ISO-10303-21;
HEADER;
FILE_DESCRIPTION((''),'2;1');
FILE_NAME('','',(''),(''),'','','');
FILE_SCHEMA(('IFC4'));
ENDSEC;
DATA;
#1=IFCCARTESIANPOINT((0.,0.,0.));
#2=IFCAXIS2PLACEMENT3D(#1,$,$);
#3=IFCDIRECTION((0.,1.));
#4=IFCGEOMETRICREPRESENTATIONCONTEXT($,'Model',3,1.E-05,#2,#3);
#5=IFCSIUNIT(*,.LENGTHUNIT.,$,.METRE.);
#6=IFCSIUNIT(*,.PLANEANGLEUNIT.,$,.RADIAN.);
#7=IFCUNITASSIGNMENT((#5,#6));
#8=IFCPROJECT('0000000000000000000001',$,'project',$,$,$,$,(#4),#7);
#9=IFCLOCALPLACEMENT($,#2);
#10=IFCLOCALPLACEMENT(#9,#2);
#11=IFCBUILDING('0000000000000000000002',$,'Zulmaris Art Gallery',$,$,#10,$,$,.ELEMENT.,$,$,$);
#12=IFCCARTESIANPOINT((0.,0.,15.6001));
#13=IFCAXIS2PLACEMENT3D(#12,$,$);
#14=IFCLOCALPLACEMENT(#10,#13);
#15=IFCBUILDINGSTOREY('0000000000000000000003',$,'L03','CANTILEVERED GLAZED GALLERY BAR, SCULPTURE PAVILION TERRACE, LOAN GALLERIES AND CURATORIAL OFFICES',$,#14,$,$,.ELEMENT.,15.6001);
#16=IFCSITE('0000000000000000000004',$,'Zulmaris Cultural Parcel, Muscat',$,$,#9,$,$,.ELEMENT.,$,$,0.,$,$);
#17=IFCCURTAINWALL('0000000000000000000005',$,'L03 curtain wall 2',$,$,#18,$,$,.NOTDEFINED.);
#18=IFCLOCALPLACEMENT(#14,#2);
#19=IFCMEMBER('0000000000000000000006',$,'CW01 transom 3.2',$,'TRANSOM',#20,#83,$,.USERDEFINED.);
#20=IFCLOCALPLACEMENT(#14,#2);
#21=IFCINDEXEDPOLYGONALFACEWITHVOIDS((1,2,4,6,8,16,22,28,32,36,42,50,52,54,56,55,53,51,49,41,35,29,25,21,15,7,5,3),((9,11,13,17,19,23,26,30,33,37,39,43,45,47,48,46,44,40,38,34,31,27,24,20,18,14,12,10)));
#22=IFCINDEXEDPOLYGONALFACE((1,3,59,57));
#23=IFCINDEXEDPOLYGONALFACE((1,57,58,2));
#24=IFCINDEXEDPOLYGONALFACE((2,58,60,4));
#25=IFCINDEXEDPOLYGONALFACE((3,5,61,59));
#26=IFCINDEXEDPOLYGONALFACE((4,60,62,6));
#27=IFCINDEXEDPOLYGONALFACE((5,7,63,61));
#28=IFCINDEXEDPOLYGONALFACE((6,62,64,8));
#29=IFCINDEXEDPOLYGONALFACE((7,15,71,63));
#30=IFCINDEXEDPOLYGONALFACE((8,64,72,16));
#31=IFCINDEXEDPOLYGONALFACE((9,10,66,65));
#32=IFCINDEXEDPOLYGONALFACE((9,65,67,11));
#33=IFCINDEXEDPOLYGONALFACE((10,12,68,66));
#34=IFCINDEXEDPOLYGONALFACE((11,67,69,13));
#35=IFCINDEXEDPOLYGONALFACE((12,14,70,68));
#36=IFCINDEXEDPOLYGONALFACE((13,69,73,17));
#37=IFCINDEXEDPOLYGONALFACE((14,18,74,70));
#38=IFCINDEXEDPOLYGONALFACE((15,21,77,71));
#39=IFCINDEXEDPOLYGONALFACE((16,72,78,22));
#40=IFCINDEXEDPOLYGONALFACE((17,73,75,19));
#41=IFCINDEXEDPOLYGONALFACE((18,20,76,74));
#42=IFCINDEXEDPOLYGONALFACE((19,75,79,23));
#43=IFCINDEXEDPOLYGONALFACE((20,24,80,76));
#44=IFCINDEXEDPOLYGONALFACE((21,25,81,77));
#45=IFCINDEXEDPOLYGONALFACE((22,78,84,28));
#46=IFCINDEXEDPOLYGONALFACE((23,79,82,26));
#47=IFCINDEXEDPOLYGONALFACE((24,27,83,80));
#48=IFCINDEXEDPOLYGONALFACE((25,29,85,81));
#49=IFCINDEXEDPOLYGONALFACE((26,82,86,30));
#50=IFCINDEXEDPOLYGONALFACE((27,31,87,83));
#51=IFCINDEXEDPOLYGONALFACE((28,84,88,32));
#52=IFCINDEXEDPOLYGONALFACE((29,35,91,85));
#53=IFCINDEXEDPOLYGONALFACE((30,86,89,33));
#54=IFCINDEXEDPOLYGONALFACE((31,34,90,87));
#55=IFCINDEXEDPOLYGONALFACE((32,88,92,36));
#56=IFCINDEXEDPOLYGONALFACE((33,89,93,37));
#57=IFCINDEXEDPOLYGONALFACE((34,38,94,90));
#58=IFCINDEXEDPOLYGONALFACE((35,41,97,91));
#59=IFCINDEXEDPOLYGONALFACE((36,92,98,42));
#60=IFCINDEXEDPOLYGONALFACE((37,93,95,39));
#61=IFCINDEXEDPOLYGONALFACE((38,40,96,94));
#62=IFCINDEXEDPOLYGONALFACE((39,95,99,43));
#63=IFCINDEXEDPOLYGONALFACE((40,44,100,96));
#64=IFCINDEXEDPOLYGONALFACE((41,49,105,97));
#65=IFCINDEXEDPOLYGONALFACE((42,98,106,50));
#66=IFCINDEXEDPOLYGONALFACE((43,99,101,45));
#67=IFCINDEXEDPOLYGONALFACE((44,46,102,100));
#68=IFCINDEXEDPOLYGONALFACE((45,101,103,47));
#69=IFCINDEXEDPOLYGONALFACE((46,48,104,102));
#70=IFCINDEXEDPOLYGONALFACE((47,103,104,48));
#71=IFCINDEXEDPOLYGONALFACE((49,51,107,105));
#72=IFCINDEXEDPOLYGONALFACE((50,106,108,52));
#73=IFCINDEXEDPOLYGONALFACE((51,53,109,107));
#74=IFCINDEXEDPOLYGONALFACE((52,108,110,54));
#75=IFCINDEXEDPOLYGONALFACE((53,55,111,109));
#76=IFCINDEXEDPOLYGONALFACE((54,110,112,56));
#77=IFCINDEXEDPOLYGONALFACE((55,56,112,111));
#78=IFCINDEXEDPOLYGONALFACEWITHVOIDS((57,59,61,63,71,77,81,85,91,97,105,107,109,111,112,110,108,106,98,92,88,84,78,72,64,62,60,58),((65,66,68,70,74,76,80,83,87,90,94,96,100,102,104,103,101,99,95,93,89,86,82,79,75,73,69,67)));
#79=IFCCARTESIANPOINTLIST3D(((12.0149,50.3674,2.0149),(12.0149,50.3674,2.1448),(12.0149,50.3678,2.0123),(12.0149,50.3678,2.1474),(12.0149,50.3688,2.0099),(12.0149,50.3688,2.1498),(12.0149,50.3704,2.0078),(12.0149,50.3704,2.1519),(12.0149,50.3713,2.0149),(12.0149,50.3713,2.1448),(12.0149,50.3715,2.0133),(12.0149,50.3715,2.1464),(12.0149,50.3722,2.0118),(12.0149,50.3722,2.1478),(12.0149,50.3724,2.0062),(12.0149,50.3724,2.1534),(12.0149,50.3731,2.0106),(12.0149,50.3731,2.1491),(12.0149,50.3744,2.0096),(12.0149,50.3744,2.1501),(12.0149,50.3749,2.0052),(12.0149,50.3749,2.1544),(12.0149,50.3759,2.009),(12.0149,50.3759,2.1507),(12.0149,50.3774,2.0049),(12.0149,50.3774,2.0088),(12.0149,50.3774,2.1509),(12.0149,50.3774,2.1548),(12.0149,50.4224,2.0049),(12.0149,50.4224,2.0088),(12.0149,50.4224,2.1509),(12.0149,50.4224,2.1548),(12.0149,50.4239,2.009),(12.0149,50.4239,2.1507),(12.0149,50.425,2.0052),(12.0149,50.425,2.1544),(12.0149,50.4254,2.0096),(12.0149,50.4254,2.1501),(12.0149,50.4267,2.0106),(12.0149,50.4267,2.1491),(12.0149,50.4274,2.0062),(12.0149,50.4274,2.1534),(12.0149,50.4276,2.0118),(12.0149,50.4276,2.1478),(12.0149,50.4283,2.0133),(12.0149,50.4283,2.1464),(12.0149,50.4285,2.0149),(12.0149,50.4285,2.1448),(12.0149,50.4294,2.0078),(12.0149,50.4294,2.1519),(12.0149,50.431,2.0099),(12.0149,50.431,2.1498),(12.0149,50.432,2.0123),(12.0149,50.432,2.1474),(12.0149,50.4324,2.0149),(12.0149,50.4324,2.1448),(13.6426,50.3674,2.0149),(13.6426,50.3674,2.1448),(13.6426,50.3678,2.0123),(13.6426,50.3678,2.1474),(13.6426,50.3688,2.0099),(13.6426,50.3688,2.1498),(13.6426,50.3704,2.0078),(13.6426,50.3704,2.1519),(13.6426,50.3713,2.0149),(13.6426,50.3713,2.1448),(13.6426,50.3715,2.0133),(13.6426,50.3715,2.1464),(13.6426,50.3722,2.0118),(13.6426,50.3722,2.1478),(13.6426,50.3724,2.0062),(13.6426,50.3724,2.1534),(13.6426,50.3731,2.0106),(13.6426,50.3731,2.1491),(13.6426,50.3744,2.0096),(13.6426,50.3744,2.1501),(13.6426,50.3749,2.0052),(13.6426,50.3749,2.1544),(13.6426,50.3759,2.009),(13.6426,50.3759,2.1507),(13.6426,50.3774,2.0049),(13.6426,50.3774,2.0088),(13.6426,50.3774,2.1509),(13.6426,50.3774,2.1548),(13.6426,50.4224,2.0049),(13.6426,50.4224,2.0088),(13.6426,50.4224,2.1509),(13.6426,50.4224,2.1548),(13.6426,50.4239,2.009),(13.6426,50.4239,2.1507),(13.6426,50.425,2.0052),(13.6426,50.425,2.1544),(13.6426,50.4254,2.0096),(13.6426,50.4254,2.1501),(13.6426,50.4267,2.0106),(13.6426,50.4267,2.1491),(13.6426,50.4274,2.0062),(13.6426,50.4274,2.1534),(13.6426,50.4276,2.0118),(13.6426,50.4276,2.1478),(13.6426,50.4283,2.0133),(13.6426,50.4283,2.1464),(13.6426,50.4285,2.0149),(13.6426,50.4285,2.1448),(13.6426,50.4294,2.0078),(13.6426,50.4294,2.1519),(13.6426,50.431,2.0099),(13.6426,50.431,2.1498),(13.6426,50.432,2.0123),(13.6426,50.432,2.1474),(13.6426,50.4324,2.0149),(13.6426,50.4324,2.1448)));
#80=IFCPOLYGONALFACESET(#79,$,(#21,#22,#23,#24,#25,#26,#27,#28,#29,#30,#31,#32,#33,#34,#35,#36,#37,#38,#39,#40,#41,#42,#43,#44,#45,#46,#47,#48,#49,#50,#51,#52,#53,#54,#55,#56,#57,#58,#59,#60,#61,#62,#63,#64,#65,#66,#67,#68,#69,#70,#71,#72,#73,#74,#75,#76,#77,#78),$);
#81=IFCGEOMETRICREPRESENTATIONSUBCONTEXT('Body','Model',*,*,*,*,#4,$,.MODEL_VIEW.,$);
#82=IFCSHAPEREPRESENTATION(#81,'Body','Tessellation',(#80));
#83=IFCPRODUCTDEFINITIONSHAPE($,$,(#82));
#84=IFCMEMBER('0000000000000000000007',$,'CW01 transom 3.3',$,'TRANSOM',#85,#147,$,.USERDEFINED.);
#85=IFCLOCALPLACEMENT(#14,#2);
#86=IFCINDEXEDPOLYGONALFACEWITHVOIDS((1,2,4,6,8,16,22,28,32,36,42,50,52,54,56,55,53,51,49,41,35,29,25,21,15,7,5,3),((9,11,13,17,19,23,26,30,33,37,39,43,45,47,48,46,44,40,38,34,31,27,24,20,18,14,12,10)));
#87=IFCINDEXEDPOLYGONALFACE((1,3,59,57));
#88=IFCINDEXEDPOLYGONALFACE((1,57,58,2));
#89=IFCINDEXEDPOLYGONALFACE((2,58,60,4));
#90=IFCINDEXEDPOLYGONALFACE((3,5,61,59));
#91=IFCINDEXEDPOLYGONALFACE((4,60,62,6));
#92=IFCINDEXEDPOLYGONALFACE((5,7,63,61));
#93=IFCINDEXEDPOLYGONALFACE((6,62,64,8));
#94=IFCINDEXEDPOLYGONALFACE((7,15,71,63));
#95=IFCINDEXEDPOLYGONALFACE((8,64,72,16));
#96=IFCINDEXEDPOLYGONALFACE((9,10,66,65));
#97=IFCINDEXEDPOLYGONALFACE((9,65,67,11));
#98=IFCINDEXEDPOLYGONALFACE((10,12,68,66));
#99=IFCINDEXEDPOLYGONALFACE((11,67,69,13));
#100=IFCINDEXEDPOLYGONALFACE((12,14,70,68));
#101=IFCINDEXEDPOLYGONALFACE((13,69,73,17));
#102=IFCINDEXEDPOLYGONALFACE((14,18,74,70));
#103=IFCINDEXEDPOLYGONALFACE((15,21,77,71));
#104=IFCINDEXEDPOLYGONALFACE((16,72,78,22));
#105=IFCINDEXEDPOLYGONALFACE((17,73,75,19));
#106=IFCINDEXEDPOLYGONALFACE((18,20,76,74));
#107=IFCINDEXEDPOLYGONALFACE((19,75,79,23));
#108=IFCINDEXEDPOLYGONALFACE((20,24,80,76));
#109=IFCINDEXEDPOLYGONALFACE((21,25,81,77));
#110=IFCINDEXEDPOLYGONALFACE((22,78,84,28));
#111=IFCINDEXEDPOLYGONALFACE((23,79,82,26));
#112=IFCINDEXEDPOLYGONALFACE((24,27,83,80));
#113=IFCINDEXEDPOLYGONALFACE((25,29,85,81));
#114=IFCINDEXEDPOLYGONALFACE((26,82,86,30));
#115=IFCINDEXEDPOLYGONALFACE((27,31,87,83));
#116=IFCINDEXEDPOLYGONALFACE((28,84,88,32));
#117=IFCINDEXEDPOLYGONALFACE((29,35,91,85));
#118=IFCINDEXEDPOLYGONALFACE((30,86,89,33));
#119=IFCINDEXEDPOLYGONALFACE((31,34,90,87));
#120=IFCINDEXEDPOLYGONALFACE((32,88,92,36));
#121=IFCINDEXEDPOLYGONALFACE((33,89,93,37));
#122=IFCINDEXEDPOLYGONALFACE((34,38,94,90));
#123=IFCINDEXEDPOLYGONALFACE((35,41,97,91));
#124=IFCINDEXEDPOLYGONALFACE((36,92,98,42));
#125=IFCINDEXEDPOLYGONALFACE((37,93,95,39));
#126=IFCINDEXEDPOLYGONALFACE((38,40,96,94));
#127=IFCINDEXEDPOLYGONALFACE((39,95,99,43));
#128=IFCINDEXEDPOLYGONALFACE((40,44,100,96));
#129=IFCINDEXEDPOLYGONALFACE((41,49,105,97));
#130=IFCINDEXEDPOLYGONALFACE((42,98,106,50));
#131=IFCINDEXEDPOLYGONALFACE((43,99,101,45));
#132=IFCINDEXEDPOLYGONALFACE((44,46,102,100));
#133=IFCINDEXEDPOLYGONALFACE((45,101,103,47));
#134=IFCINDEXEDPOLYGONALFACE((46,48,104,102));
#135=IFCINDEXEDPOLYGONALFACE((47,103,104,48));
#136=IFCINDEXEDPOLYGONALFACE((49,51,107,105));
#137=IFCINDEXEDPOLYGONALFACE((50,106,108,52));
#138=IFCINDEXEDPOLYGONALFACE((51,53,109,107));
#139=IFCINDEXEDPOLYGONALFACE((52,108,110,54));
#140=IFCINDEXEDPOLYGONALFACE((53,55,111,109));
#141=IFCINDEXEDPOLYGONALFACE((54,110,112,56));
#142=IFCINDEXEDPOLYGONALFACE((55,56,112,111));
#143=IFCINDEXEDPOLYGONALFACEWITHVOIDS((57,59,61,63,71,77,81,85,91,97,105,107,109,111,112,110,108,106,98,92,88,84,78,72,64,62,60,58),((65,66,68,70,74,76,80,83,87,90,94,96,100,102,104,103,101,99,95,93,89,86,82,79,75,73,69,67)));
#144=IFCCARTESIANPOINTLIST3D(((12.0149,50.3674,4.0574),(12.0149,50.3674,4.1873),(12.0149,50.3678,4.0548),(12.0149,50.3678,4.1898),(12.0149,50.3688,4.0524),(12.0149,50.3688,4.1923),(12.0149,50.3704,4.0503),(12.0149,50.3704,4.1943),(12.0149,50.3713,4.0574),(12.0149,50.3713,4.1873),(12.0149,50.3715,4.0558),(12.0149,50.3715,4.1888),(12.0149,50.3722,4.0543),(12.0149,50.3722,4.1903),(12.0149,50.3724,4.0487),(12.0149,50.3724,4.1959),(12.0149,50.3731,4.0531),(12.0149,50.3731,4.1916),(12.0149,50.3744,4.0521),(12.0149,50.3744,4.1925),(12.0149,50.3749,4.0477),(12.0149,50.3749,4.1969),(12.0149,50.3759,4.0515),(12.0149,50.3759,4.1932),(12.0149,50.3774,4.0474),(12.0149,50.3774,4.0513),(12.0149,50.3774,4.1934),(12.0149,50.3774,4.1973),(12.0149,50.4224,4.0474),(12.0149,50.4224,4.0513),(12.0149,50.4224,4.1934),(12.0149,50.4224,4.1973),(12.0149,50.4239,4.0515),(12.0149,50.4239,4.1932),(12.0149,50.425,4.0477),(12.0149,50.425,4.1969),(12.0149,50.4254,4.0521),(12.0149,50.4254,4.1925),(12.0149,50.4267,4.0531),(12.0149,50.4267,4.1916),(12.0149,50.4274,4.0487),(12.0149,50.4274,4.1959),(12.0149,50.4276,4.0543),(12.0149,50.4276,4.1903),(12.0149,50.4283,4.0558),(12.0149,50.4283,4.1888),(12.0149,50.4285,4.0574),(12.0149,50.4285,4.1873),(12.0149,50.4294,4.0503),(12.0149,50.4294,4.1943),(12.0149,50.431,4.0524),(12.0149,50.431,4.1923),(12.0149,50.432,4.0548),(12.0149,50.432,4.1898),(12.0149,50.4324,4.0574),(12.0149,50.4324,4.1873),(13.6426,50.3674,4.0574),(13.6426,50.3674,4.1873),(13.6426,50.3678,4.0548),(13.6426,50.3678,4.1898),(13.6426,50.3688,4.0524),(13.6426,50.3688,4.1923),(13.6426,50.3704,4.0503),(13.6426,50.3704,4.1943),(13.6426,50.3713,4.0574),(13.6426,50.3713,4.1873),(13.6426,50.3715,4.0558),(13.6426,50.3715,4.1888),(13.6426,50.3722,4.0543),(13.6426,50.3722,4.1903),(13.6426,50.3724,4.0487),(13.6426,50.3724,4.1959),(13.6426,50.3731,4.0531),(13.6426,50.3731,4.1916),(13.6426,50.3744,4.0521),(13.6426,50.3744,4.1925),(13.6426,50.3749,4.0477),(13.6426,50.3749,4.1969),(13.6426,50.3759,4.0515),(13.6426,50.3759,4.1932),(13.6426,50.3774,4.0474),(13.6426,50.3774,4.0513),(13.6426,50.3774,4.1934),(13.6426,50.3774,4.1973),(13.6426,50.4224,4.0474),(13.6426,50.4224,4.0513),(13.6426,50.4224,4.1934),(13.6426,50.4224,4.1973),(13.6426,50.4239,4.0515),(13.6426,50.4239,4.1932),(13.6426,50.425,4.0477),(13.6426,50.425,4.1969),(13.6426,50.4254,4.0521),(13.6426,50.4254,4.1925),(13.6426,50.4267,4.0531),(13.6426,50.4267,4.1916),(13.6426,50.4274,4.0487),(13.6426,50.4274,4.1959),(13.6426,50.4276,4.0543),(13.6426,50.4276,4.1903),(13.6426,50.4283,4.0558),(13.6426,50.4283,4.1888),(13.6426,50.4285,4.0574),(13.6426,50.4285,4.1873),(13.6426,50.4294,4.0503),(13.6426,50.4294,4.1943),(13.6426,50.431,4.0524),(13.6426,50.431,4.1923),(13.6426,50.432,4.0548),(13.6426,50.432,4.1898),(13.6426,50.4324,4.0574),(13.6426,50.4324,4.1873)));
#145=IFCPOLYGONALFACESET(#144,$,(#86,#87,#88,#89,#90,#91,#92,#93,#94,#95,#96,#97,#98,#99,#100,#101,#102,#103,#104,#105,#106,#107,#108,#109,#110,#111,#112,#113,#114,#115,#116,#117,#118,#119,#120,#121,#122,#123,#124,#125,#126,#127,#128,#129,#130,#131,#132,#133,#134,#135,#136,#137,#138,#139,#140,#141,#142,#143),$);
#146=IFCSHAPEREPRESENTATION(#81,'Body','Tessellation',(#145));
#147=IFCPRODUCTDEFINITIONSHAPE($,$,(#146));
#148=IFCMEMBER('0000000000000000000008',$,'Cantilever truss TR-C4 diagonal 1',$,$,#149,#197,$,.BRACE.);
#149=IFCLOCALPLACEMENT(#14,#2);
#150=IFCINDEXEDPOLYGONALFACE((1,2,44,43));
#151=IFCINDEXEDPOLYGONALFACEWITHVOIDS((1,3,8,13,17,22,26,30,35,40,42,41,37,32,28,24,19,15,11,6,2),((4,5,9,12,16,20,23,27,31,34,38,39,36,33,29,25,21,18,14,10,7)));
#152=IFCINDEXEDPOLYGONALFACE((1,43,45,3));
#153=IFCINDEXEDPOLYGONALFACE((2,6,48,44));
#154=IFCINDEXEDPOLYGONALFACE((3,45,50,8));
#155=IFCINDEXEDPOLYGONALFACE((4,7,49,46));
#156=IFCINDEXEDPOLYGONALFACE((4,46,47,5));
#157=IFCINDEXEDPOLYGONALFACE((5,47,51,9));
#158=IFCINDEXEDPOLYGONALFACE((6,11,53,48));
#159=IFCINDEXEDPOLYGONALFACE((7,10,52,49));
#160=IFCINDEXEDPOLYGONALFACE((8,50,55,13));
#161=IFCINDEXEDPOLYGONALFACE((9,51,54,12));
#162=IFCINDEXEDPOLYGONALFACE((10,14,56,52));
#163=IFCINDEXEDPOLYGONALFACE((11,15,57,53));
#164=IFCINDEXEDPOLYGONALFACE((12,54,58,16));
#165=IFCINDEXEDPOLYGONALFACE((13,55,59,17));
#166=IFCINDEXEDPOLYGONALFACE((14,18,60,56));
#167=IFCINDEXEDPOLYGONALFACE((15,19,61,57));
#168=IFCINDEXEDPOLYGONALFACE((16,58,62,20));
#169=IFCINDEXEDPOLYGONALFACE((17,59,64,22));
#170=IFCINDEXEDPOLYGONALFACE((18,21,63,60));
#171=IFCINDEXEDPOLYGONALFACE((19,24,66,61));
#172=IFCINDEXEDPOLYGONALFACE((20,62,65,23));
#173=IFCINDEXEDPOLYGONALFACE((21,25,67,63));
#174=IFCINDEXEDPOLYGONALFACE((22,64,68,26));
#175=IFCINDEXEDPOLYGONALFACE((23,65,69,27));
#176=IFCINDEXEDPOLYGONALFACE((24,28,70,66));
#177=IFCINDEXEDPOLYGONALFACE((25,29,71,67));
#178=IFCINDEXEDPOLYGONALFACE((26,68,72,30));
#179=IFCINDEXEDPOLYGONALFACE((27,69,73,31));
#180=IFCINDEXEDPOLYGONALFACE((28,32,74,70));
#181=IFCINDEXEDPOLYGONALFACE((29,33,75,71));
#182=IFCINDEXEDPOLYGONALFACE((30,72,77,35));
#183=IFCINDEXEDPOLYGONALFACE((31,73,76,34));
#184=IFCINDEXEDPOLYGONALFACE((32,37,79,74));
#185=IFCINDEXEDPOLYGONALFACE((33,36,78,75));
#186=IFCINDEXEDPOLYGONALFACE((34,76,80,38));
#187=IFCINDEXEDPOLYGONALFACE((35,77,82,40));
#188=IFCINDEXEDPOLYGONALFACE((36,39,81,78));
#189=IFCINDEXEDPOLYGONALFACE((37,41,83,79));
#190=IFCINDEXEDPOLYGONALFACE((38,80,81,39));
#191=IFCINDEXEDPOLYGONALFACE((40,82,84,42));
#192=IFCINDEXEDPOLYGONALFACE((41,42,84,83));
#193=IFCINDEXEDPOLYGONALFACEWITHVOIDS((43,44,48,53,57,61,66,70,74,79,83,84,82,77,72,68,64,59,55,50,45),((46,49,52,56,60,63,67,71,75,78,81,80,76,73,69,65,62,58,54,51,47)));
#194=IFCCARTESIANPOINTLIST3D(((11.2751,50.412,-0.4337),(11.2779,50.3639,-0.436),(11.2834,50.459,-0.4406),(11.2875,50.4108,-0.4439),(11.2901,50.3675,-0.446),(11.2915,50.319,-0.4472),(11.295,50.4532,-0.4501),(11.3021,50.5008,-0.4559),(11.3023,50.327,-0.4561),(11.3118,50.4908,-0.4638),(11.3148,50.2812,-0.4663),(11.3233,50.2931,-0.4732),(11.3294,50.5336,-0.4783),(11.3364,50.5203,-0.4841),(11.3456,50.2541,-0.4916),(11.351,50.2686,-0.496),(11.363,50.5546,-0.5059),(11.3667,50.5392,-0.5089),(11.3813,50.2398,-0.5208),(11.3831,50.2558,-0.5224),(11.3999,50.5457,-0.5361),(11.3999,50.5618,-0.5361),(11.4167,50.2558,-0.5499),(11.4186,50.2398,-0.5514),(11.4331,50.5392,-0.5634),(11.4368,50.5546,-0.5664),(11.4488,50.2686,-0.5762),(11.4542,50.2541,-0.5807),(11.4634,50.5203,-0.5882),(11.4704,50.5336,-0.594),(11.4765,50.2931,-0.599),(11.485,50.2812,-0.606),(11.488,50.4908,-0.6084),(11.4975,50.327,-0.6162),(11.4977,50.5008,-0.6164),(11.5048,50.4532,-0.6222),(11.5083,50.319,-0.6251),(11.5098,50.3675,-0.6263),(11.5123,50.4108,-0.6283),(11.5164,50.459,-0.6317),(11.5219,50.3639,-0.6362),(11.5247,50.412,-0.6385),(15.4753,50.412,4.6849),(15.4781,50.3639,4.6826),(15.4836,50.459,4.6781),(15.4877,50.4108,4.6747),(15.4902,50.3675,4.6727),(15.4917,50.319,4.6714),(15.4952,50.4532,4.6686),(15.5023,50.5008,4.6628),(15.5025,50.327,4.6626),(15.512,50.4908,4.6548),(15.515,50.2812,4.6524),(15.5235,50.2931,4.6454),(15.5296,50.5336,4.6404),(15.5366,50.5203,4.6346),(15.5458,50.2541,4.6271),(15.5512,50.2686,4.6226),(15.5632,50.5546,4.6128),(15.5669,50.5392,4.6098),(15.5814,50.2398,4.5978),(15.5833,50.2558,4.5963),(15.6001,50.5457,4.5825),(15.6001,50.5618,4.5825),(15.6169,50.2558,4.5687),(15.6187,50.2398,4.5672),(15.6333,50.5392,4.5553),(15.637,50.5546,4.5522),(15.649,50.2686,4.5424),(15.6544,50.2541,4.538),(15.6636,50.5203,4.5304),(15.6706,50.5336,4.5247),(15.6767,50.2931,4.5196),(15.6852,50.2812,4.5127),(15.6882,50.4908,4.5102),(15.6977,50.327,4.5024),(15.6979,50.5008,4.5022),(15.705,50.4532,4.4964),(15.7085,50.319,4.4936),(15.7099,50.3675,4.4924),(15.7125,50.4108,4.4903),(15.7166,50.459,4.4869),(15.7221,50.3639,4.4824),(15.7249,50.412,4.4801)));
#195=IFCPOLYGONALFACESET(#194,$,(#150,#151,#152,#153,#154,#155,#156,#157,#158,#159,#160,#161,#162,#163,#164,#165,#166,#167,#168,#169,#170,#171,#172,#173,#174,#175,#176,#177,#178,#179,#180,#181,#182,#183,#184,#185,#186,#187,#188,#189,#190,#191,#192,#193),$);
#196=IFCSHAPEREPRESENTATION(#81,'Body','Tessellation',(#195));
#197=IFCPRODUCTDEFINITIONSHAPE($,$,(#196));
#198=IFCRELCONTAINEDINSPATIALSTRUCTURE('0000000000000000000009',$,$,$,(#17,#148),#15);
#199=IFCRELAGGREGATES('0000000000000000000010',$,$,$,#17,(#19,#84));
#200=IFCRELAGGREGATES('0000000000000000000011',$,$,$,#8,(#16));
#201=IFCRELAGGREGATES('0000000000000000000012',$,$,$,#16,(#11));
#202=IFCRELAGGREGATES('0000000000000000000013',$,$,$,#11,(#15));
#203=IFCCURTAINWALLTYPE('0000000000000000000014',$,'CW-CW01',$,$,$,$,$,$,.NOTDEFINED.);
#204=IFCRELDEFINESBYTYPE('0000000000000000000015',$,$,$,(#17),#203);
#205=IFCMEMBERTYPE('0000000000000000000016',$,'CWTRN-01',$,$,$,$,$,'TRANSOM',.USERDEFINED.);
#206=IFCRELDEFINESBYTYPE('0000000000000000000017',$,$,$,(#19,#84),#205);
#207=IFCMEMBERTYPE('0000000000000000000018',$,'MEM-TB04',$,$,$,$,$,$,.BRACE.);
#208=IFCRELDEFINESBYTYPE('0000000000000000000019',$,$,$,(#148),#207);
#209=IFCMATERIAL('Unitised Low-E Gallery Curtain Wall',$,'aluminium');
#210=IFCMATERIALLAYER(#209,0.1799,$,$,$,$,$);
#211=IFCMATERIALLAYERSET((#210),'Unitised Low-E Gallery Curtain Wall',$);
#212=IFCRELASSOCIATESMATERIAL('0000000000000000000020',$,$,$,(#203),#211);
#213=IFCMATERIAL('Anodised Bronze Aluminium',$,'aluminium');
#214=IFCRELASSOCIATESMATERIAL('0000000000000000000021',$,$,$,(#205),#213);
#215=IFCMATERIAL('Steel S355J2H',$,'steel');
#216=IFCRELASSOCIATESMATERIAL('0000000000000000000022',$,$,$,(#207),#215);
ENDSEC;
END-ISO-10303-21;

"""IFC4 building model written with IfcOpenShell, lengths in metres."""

from ifc_helpers import new_model, si_unit, direction, frame, origin, origin_2d, place, context, subcontext, project, spatial, hollow_rectangle, hollow_circle, extrude, material, layer, layer_set, material_profile, profile_set, type_object, element, aggregate, save


model = new_model("IFC4")

# Units and contexts
model_context = context("Model", 3, precision=1e-05, world=origin(), true_north=direction((0.0, 1.0)))
body_context = subcontext(model_context, "Body", "Model", "MODEL_VIEW")
ifc_project = project(units=[si_unit("LENGTHUNIT", "METRE"), si_unit("PLANEANGLEUNIT", "RADIAN")], contexts=[model_context])

# Site, building, storey
site_placement = place(None, origin())
site = spatial("IfcSite", under=ifc_project, at=site_placement, Name="Zulmaris Cultural Parcel, Muscat", CompositionType="ELEMENT", RefElevation=0.0)
building_placement = place(site_placement, origin())
building = spatial("IfcBuilding", under=site, at=building_placement, Name="Zulmaris Art Gallery", CompositionType="ELEMENT")
storey_placement = place(building_placement, frame((0.0, 0.0, 15.6001)))
storey = spatial("IfcBuildingStorey", under=building, at=storey_placement, Name="L03", Description="CANTILEVERED GLAZED GALLERY BAR, SCULPTURE PAVILION TERRACE, LOAN GALLERIES AND CURATORIAL OFFICES", CompositionType="ELEMENT", Elevation=15.6001)

# Curtain wall
ifc_material_1 = material(Name="Unitised Low-E Gallery Curtain Wall", Category="aluminium")
ifc_layer_1 = layer(ifc_material_1, 0.1799)
ifc_layer_set_1 = layer_set([ifc_layer_1], Name="Unitised Low-E Gallery Curtain Wall")
curtain_wall_type = type_object("IfcCurtainWallType", Name="CW-CW01", PredefinedType="NOTDEFINED", material=ifc_layer_set_1)
curtain_wall_1_placement = place(storey_placement, origin())
curtain_wall_1 = element("IfcCurtainWall", 1, at=curtain_wall_1_placement, inside=storey, type_object=curtain_wall_type, Name="L03 curtain wall 2", PredefinedType="NOTDEFINED")
ifc_material_2 = material(Name="Anodised Bronze Aluminium", Category="aluminium")

# Members
ifc_material_profile_1 = material_profile(ifc_material_2, hollow_rectangle(XDim=0.0649, YDim=0.1499, WallThickness=0.0039, InnerFilletRadius=0.0061, OuterFilletRadius=0.01, at=origin_2d()), Name="ALU 65x150x4")
ifc_profile_set_1 = profile_set([ifc_material_profile_1], Name="Anodised Bronze Aluminium")
member_type_1 = type_object("IfcMemberType", Name="CWTRN-01", ElementType="TRANSOM", PredefinedType="USERDEFINED", material=ifc_profile_set_1)
member_1_placement = place(storey_placement, frame((13.6426, 50.3999, 2.0798), z_axis=(-1.0, 0.0, 0.0), x_axis=(0.0, -1.0, 0.0)))
member_1 = element("IfcMember", 2, at=member_1_placement, type_object=member_type_1, Name="CW01 transom 3.2", ObjectType="TRANSOM", PredefinedType="USERDEFINED", context=body_context, shape_type="SweptSolid", body=[
    extrude(hollow_rectangle(XDim=0.0649, YDim=0.1499, WallThickness=0.0039, InnerFilletRadius=0.0061, OuterFilletRadius=0.01, at=origin_2d()), origin(), (0.0, 0.0, 1.0), 1.6277),
])
member_2_placement = place(storey_placement, frame((13.6426, 50.3999, 4.1223), z_axis=(-1.0, 0.0, 0.0), x_axis=(0.0, -1.0, 0.0)))
member_2 = element("IfcMember", 3, at=member_2_placement, type_object=member_type_1, Name="CW01 transom 3.3", ObjectType="TRANSOM", PredefinedType="USERDEFINED", context=body_context, shape_type="SweptSolid", body=[
    extrude(hollow_rectangle(XDim=0.0649, YDim=0.1499, WallThickness=0.0039, InnerFilletRadius=0.0061, OuterFilletRadius=0.01, at=origin_2d()), origin(), (0.0, 0.0, 1.0), 1.6277),
])

# Member
ifc_material_3 = material(Name="Steel S355J2H", Category="steel")
ifc_material_profile_2 = material_profile(ifc_material_3, hollow_circle(Radius=0.1619, WallThickness=0.0161, at=origin_2d()), Name="CHS 323.9x16")
ifc_profile_set_2 = profile_set([ifc_material_profile_2], Name="Steel S355J2H")
member_type_2 = type_object("IfcMemberType", Name="MEM-TB04", PredefinedType="BRACE", material=ifc_profile_set_2)
member_3_placement = place(storey_placement, frame((11.3999, 50.3999, -0.5361), z_axis=(0.634341, 0.0, 0.773053), x_axis=(0.0, 1.0, 0.0)))
element("IfcMember", 4, at=member_3_placement, inside=storey, type_object=member_type_2, Name="Cantilever truss TR-C4 diagonal 1", PredefinedType="BRACE", context=body_context, shape_type="SweptSolid", body=[
    extrude(hollow_circle(Radius=0.1619, WallThickness=0.0161, at=origin_2d()), origin(), (0.0, 0.0, 1.0), 6.6213),
])

aggregate(curtain_wall_1, [member_1, member_2])

save(model, "model.ifc")
